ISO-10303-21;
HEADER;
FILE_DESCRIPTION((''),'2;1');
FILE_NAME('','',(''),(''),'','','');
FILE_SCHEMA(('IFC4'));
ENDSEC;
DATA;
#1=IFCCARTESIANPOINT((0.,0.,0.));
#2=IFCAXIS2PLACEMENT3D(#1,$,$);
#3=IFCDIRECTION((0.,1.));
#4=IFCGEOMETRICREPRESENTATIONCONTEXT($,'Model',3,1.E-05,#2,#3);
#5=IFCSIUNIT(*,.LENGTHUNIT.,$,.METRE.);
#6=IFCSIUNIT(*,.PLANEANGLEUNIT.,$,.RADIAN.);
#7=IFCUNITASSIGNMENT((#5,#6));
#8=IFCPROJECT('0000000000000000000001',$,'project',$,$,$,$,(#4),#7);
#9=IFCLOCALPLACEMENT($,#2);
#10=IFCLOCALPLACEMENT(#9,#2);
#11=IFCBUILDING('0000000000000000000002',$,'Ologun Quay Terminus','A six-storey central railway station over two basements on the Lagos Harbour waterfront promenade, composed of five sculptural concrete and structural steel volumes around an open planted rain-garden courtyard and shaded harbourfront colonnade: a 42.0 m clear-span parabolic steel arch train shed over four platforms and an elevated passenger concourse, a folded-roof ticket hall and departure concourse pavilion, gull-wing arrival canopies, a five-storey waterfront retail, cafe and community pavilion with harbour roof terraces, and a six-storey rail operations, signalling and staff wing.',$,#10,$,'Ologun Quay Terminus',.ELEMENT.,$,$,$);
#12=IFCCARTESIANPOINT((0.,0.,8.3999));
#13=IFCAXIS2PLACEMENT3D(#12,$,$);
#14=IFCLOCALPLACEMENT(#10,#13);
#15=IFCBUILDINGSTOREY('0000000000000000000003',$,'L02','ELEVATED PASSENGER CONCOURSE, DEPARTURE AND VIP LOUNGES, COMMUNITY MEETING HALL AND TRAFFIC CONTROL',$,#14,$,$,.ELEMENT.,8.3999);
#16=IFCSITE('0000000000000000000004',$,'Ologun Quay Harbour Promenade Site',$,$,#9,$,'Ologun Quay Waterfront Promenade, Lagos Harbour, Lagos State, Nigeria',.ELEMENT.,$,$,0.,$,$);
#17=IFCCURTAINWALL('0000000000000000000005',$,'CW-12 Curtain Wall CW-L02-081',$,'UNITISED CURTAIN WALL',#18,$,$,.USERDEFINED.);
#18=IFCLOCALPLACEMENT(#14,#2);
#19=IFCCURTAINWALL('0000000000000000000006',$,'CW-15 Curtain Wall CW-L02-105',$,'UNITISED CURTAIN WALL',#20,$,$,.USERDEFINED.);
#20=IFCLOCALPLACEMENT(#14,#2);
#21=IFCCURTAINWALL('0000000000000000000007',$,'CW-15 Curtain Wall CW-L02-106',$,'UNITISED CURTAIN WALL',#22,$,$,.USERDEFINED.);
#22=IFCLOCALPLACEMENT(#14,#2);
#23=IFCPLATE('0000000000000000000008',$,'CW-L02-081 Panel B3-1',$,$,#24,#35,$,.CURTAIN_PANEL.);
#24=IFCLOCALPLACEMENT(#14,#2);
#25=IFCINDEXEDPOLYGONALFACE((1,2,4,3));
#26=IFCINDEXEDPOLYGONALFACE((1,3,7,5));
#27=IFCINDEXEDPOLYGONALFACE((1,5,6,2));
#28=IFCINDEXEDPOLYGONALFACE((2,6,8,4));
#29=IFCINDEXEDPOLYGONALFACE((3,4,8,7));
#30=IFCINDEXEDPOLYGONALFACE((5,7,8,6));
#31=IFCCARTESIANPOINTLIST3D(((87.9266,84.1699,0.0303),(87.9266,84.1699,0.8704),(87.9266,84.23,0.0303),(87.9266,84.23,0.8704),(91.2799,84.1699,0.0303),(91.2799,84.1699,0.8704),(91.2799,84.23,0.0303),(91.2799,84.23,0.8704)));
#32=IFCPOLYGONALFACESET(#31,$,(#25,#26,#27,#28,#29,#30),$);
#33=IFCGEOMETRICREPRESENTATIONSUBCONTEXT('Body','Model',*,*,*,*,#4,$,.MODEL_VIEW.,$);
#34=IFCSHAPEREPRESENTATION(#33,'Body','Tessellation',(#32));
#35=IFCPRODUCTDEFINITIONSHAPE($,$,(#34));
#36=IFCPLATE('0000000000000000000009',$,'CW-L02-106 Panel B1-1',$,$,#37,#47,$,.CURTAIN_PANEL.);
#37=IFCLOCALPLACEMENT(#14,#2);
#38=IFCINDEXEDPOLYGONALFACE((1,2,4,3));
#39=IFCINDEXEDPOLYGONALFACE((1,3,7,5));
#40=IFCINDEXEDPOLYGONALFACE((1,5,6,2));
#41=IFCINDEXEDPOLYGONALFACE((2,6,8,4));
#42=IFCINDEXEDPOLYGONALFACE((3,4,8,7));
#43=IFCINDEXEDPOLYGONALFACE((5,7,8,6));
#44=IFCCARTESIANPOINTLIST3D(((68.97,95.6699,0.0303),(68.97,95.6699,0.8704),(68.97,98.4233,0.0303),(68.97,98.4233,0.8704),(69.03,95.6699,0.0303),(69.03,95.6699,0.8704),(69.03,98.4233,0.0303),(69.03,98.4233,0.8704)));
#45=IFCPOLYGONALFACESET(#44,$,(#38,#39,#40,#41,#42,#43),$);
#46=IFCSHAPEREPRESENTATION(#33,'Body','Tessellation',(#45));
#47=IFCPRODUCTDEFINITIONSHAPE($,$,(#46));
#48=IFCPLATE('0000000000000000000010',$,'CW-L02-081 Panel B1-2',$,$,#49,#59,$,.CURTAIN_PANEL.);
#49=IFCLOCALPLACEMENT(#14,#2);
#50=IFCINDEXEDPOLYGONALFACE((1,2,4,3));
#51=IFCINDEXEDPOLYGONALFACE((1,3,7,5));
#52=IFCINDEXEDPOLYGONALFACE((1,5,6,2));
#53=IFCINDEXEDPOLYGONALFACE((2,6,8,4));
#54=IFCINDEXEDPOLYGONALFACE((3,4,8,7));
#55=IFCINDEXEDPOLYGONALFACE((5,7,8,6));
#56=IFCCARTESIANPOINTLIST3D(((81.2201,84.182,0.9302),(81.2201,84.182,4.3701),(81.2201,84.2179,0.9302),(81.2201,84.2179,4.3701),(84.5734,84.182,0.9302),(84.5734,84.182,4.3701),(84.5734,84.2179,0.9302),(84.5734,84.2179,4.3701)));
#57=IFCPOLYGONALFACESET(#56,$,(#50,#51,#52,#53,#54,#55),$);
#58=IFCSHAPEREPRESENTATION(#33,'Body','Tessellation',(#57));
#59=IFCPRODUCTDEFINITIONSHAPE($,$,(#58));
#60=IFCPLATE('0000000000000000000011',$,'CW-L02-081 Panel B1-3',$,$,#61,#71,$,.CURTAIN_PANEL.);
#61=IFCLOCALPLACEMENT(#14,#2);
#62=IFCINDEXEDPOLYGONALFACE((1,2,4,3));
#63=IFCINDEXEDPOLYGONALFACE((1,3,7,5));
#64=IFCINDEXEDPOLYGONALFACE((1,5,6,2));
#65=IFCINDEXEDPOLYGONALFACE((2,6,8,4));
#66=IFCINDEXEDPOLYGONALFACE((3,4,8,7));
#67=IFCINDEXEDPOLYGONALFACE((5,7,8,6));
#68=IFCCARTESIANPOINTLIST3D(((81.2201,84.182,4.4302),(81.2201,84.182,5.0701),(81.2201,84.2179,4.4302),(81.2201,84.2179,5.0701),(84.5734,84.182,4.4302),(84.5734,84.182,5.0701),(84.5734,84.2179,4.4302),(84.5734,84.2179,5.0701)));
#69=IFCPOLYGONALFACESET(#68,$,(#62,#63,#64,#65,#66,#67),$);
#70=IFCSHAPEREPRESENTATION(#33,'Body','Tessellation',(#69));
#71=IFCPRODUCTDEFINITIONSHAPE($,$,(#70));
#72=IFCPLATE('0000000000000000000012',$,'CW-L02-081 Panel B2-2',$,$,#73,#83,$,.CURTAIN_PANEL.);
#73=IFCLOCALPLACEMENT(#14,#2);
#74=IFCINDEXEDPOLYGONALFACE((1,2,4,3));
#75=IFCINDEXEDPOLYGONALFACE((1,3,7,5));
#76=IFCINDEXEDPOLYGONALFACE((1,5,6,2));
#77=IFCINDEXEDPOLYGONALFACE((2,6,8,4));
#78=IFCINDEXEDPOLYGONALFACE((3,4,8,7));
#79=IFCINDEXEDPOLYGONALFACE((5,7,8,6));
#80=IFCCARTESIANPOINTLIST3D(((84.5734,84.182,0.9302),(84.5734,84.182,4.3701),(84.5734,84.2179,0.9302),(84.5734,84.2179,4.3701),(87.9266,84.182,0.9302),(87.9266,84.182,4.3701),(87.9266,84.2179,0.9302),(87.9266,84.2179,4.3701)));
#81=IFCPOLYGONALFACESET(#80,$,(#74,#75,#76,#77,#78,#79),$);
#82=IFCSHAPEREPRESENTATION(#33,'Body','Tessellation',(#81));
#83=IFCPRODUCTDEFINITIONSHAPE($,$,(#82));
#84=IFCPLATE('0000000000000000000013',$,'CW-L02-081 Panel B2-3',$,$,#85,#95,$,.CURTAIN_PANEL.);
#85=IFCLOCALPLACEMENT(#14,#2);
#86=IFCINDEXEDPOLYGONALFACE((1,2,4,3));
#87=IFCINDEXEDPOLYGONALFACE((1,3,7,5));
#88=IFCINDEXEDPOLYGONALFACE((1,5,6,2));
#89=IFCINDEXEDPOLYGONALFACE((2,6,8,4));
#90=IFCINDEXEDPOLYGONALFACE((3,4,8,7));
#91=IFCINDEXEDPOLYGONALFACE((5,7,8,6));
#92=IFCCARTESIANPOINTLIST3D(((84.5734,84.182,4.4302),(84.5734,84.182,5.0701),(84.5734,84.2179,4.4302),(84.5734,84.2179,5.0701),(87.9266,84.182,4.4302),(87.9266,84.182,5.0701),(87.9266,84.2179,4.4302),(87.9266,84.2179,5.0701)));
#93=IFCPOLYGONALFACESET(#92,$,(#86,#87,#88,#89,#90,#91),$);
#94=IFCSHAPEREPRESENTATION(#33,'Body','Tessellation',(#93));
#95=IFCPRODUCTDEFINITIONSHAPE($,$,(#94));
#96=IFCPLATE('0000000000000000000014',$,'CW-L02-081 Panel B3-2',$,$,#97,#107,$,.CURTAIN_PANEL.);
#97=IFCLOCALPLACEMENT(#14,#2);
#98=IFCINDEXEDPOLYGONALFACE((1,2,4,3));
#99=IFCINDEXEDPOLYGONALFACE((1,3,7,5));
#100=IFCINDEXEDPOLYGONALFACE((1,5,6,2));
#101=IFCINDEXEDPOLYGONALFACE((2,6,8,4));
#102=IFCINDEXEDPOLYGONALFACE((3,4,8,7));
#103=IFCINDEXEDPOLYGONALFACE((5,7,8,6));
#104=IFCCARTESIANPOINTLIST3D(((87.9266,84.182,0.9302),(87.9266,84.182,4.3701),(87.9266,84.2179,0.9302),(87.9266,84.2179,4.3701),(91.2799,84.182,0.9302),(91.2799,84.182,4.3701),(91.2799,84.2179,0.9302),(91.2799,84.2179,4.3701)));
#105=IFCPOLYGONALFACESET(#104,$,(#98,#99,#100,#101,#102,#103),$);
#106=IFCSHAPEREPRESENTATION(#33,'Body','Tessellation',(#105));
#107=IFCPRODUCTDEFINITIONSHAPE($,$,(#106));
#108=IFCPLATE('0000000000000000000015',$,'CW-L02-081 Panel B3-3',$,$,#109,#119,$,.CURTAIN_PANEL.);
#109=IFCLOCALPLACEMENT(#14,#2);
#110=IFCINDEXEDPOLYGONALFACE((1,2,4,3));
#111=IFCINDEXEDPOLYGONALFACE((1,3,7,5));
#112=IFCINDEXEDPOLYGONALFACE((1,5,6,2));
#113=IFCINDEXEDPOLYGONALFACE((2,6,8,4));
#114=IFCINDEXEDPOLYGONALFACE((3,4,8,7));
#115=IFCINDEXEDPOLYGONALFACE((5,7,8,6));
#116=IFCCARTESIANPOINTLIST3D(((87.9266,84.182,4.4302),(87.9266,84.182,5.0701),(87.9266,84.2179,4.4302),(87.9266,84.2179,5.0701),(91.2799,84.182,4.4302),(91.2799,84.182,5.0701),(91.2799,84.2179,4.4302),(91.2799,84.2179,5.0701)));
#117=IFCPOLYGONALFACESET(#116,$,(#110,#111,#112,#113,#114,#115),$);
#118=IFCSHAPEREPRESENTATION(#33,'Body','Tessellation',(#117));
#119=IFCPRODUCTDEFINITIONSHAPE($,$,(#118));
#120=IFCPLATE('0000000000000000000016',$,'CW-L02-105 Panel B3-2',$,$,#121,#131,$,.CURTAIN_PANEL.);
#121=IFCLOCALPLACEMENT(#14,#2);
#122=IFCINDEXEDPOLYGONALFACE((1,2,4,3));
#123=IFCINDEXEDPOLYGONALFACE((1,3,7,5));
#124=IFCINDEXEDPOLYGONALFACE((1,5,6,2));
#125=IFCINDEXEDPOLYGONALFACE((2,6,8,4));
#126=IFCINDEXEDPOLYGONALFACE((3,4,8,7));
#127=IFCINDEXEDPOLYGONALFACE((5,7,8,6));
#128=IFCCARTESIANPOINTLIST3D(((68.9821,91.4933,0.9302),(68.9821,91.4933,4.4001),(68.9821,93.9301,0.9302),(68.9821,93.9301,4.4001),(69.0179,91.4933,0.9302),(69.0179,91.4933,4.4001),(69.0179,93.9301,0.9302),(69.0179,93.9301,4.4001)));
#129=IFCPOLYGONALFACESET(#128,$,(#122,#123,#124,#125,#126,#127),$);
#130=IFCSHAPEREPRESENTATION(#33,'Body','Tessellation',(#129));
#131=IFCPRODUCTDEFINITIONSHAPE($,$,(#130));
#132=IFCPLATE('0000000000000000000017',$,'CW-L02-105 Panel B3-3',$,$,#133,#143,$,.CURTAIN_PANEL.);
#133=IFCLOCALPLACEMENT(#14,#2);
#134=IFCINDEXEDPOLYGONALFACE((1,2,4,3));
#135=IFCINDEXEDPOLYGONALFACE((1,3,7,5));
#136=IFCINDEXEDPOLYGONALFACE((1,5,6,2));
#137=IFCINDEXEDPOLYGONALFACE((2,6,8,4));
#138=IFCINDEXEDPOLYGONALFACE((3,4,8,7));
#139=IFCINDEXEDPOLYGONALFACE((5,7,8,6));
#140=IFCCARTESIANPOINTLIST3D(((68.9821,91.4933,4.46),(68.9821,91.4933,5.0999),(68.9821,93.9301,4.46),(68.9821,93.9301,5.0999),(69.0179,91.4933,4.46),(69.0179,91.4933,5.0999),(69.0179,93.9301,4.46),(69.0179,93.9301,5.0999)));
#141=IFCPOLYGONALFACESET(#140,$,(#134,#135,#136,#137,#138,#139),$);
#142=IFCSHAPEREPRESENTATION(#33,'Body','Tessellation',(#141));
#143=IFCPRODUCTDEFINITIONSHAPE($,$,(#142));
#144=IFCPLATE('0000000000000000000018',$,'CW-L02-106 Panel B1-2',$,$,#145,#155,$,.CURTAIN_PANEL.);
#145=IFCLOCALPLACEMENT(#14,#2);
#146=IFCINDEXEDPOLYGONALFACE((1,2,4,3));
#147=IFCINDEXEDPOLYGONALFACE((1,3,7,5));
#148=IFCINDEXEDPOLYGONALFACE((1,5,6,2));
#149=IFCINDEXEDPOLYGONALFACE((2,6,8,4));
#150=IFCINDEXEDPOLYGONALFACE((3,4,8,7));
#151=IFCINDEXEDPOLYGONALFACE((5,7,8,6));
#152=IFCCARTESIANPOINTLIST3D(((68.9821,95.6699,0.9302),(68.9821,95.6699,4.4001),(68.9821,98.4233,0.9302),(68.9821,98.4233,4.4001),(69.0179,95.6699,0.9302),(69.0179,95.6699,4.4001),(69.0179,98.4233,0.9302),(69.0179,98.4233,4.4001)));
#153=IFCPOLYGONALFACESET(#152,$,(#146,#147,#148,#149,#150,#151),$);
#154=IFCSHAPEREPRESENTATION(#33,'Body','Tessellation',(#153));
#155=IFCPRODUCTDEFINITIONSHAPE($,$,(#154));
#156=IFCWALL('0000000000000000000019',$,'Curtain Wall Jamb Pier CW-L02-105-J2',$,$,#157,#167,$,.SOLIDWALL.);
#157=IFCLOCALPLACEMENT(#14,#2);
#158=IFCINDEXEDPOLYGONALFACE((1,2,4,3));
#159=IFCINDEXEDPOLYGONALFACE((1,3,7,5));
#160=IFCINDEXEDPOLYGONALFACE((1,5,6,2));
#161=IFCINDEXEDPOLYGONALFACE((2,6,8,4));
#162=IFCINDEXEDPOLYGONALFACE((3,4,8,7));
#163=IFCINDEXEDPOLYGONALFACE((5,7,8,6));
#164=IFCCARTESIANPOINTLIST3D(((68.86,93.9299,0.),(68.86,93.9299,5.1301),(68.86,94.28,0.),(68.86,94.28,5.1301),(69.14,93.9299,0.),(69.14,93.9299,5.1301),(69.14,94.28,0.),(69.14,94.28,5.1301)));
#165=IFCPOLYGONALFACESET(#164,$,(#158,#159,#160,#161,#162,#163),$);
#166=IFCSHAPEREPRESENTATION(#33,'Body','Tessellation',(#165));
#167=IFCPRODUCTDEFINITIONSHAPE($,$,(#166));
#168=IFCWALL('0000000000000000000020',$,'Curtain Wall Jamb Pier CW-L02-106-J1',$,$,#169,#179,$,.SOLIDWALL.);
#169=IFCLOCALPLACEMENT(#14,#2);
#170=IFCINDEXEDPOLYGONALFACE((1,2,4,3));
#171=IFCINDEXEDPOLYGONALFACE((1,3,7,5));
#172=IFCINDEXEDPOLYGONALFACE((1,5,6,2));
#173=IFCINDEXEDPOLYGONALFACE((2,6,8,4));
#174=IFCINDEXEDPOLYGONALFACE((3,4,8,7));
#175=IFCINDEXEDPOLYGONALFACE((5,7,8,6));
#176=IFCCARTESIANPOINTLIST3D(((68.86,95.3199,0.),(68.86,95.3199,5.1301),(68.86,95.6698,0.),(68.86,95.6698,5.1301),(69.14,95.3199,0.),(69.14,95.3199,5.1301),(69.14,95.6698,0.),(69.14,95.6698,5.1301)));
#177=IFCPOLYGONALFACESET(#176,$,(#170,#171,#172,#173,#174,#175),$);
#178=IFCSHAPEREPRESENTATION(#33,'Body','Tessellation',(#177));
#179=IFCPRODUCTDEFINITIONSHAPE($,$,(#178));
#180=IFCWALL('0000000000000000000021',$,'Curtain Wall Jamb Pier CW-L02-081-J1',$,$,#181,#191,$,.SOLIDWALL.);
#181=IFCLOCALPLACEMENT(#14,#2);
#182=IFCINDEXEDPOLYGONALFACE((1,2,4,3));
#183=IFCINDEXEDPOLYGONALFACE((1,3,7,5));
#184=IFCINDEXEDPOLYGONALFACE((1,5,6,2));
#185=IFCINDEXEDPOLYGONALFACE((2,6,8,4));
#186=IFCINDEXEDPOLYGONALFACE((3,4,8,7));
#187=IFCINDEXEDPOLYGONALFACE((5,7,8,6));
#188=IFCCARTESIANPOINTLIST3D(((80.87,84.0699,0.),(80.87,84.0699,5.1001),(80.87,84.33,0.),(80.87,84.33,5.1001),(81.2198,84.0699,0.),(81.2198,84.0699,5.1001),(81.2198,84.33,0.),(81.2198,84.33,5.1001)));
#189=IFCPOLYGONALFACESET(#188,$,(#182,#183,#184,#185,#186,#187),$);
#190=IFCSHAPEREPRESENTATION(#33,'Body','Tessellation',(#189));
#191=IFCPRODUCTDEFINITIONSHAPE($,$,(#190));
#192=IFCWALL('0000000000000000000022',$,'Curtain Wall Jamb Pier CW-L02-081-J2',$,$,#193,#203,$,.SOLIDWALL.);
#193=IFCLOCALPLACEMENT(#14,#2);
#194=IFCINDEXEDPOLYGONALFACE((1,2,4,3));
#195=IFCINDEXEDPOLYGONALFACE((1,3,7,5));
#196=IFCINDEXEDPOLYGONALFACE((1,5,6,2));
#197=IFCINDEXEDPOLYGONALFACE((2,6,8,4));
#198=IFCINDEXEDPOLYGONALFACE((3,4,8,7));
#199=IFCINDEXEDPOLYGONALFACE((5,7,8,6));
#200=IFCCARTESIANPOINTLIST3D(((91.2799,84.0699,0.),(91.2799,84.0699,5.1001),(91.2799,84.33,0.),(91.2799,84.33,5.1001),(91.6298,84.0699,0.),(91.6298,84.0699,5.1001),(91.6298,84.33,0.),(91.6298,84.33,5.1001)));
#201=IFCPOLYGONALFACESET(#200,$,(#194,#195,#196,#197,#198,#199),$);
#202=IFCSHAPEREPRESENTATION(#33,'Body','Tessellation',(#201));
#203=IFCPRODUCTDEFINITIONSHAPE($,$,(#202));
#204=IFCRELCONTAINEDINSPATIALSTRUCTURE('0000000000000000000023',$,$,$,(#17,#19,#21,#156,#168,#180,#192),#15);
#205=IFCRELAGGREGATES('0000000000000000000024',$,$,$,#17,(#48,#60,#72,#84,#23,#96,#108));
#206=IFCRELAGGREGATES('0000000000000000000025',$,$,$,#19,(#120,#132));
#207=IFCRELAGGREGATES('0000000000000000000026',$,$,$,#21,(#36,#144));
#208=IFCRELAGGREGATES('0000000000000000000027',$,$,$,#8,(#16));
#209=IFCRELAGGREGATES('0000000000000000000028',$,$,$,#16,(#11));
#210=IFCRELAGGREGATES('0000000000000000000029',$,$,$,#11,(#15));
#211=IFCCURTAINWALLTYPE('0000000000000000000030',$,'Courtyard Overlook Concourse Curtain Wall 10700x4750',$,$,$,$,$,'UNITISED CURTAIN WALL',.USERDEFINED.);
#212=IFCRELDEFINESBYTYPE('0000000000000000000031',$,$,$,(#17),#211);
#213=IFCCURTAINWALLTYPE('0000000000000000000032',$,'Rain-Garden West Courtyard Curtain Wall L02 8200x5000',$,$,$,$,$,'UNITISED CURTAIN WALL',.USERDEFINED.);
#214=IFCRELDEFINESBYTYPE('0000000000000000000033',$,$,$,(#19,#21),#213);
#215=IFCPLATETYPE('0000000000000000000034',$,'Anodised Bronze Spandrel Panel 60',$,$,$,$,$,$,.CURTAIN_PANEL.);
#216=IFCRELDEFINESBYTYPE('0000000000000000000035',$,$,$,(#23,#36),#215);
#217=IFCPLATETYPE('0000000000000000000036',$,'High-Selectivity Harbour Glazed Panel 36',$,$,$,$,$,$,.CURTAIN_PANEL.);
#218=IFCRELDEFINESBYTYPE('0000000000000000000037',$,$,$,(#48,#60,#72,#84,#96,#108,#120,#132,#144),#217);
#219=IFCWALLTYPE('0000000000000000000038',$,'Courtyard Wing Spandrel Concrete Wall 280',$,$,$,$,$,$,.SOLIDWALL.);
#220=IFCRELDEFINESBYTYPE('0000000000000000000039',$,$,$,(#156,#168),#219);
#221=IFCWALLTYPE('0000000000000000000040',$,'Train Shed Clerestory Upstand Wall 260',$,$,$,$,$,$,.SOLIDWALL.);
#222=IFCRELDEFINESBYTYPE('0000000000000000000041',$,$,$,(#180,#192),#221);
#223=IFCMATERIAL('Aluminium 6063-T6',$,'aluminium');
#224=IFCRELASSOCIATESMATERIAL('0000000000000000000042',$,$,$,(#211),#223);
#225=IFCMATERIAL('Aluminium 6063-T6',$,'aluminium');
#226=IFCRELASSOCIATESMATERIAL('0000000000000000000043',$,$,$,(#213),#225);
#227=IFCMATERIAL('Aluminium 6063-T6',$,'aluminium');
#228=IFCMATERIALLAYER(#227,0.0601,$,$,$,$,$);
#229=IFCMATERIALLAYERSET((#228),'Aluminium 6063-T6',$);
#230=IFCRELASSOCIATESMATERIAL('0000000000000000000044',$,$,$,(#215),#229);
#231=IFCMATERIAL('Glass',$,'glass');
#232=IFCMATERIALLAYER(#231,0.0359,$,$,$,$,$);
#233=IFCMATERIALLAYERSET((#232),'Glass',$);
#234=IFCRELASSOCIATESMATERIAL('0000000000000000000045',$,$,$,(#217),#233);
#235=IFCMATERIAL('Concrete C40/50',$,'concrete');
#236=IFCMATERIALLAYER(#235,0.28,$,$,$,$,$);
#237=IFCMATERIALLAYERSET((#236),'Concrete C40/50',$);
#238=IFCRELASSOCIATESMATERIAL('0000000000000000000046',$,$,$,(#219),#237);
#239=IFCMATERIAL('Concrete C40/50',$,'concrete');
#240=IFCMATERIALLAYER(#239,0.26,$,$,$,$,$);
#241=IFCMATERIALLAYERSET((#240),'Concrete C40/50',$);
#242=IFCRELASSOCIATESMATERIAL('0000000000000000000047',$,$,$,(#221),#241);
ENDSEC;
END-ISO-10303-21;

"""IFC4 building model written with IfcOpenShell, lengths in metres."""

from ifc_helpers import new_model, si_unit, direction, frame, frame_2d, origin, origin_2d, place, context, subcontext, project, spatial, rectangle, extrude, material, layer, layer_set, type_object, element, aggregate, save


model = new_model("IFC4")

# Units and contexts
model_context = context("Model", 3, precision=1e-05, world=origin(), true_north=direction((0.0, 1.0)))
body_context = subcontext(model_context, "Body", "Model", "MODEL_VIEW")
ifc_project = project(units=[si_unit("LENGTHUNIT", "METRE"), si_unit("PLANEANGLEUNIT", "RADIAN")], contexts=[model_context])

# Site, building, storey
site_placement = place(None, origin())
site = spatial("IfcSite", under=ifc_project, at=site_placement, Name="Ologun Quay Harbour Promenade Site", LongName="Ologun Quay Waterfront Promenade, Lagos Harbour, Lagos State, Nigeria", CompositionType="ELEMENT", RefElevation=0.0)
building_placement = place(site_placement, origin())
building = spatial("IfcBuilding", under=site, at=building_placement, Name="Ologun Quay Terminus", Description="A six-storey central railway station over two basements on the Lagos Harbour waterfront promenade, composed of five sculptural concrete and structural steel volumes around an open planted rain-garden courtyard and shaded harbourfront colonnade: a 42.0 m clear-span parabolic steel arch train shed over four platforms and an elevated passenger concourse, a folded-roof ticket hall and departure concourse pavilion, gull-wing arrival canopies, a five-storey waterfront retail, cafe and community pavilion with harbour roof terraces, and a six-storey rail operations, signalling and staff wing.", LongName="Ologun Quay Terminus", CompositionType="ELEMENT")
storey_placement = place(building_placement, frame((0.0, 0.0, 8.3999)))
storey = spatial("IfcBuildingStorey", under=building, at=storey_placement, Name="L02", Description="ELEVATED PASSENGER CONCOURSE, DEPARTURE AND VIP LOUNGES, COMMUNITY MEETING HALL AND TRAFFIC CONTROL", CompositionType="ELEMENT", Elevation=8.3999)

# Shared definitions
ifc_material_1 = material(Name="Aluminium 6063-T6", Category="aluminium")
curtain_wall_type_1 = type_object("IfcCurtainWallType", Name="Courtyard Overlook Concourse Curtain Wall 10700x4750", ElementType="UNITISED CURTAIN WALL", PredefinedType="USERDEFINED", material=ifc_material_1)

# Curtain wall
curtain_wall_1_placement = place(storey_placement, origin())
curtain_wall_1 = element("IfcCurtainWall", 1, at=curtain_wall_1_placement, inside=storey, type_object=curtain_wall_type_1, Name="CW-12 Curtain Wall CW-L02-081", ObjectType="UNITISED CURTAIN WALL", PredefinedType="USERDEFINED")

# Curtain walls
ifc_material_2 = material(Name="Aluminium 6063-T6", Category="aluminium")
curtain_wall_type_2 = type_object("IfcCurtainWallType", Name="Rain-Garden West Courtyard Curtain Wall L02 8200x5000", ElementType="UNITISED CURTAIN WALL", PredefinedType="USERDEFINED", material=ifc_material_2)
curtain_wall_2_placement = place(storey_placement, origin())
curtain_wall_2 = element("IfcCurtainWall", 2, at=curtain_wall_2_placement, inside=storey, type_object=curtain_wall_type_2, Name="CW-15 Curtain Wall CW-L02-105", ObjectType="UNITISED CURTAIN WALL", PredefinedType="USERDEFINED")
curtain_wall_3_placement = place(storey_placement, origin())
curtain_wall_3 = element("IfcCurtainWall", 3, at=curtain_wall_3_placement, inside=storey, type_object=curtain_wall_type_2, Name="CW-15 Curtain Wall CW-L02-106", ObjectType="UNITISED CURTAIN WALL", PredefinedType="USERDEFINED")

# Plates
ifc_material_3 = material(Name="Aluminium 6063-T6", Category="aluminium")
ifc_layer_1 = layer(ifc_material_3, 0.0601)
ifc_layer_set_1 = layer_set([ifc_layer_1], Name="Aluminium 6063-T6")
plate_type_1 = type_object("IfcPlateType", Name="Anodised Bronze Spandrel Panel 60", PredefinedType="CURTAIN_PANEL", material=ifc_layer_set_1)
plate_1_placement = place(storey_placement, frame((89.6033, 84.2, 0.0303), z_axis=(0.0, 0.0, 1.0), x_axis=(1.0, 0.0, 0.0)))
plate_1 = element("IfcPlate", 4, at=plate_1_placement, type_object=plate_type_1, Name="CW-L02-081 Panel B3-1", PredefinedType="CURTAIN_PANEL", context=body_context, shape_type="SweptSolid", body=[
    extrude(rectangle(XDim=3.3533, YDim=0.0601, at=origin_2d()), origin(), (0.0, 0.0, 1.0), 0.8401),
])
plate_2_placement = place(storey_placement, frame((69.0, 97.0466, 0.0303), z_axis=(0.0, 0.0, 1.0), x_axis=(0.0, 1.0, 0.0)))
plate_2 = element("IfcPlate", 5, at=plate_2_placement, type_object=plate_type_1, Name="CW-L02-106 Panel B1-1", PredefinedType="CURTAIN_PANEL", context=body_context, shape_type="SweptSolid", body=[
    extrude(rectangle(XDim=2.7534, YDim=0.0601, at=origin_2d()), origin(), (0.0, 0.0, 1.0), 0.8401),
])
ifc_material_4 = material(Name="Glass", Category="glass")
ifc_layer_2 = layer(ifc_material_4, 0.0359)
ifc_layer_set_2 = layer_set([ifc_layer_2], Name="Glass")
plate_type_2 = type_object("IfcPlateType", Name="High-Selectivity Harbour Glazed Panel 36", PredefinedType="CURTAIN_PANEL", material=ifc_layer_set_2)
plate_3_placement = place(storey_placement, frame((82.8967, 84.2, 0.9302), z_axis=(0.0, 0.0, 1.0), x_axis=(1.0, 0.0, 0.0)))
plate_3 = element("IfcPlate", 6, at=plate_3_placement, type_object=plate_type_2, Name="CW-L02-081 Panel B1-2", PredefinedType="CURTAIN_PANEL", context=body_context, shape_type="SweptSolid", body=[
    extrude(rectangle(XDim=3.3533, YDim=0.0359, at=origin_2d()), origin(), (0.0, 0.0, 1.0), 3.4399),
])
plate_4_placement = place(storey_placement, frame((82.8967, 84.2, 4.4302), z_axis=(0.0, 0.0, 1.0), x_axis=(1.0, 0.0, 0.0)))
plate_4 = element("IfcPlate", 7, at=plate_4_placement, type_object=plate_type_2, Name="CW-L02-081 Panel B1-3", PredefinedType="CURTAIN_PANEL", context=body_context, shape_type="SweptSolid", body=[
    extrude(rectangle(XDim=3.3533, YDim=0.0359, at=origin_2d()), origin(), (0.0, 0.0, 1.0), 0.6399),
])
plate_5_placement = place(storey_placement, frame((86.25, 84.2, 0.9302), z_axis=(0.0, 0.0, 1.0), x_axis=(1.0, 0.0, 0.0)))
plate_5 = element("IfcPlate", 8, at=plate_5_placement, type_object=plate_type_2, Name="CW-L02-081 Panel B2-2", PredefinedType="CURTAIN_PANEL", context=body_context, shape_type="SweptSolid", body=[
    extrude(rectangle(XDim=3.3533, YDim=0.0359, at=origin_2d()), origin(), (0.0, 0.0, 1.0), 3.4399),
])
plate_6_placement = place(storey_placement, frame((86.25, 84.2, 4.4302), z_axis=(0.0, 0.0, 1.0), x_axis=(1.0, 0.0, 0.0)))
plate_6 = element("IfcPlate", 9, at=plate_6_placement, type_object=plate_type_2, Name="CW-L02-081 Panel B2-3", PredefinedType="CURTAIN_PANEL", context=body_context, shape_type="SweptSolid", body=[
    extrude(rectangle(XDim=3.3533, YDim=0.0359, at=origin_2d()), origin(), (0.0, 0.0, 1.0), 0.6399),
])
plate_7_placement = place(storey_placement, frame((89.6033, 84.2, 0.9302), z_axis=(0.0, 0.0, 1.0), x_axis=(1.0, 0.0, 0.0)))
plate_7 = element("IfcPlate", 10, at=plate_7_placement, type_object=plate_type_2, Name="CW-L02-081 Panel B3-2", PredefinedType="CURTAIN_PANEL", context=body_context, shape_type="SweptSolid", body=[
    extrude(rectangle(XDim=3.3533, YDim=0.0359, at=origin_2d()), origin(), (0.0, 0.0, 1.0), 3.4399),
])
plate_8_placement = place(storey_placement, frame((89.6033, 84.2, 4.4302), z_axis=(0.0, 0.0, 1.0), x_axis=(1.0, 0.0, 0.0)))
plate_8 = element("IfcPlate", 11, at=plate_8_placement, type_object=plate_type_2, Name="CW-L02-081 Panel B3-3", PredefinedType="CURTAIN_PANEL", context=body_context, shape_type="SweptSolid", body=[
    extrude(rectangle(XDim=3.3533, YDim=0.0359, at=origin_2d()), origin(), (0.0, 0.0, 1.0), 0.6399),
])
aggregate(curtain_wall_1, [plate_3, plate_4, plate_5, plate_6, plate_1, plate_7, plate_8])
plate_9_placement = place(storey_placement, frame((69.0, 92.7117, 0.9302), z_axis=(0.0, 0.0, 1.0), x_axis=(0.0, 1.0, 0.0)))
plate_9 = element("IfcPlate", 12, at=plate_9_placement, type_object=plate_type_2, Name="CW-L02-105 Panel B3-2", PredefinedType="CURTAIN_PANEL", context=body_context, shape_type="SweptSolid", body=[
    extrude(rectangle(XDim=2.4368, YDim=0.0359, at=origin_2d()), origin(), (0.0, 0.0, 1.0), 3.47),
])
plate_10_placement = place(storey_placement, frame((69.0, 92.7117, 4.46), z_axis=(0.0, 0.0, 1.0), x_axis=(0.0, 1.0, 0.0)))
plate_10 = element("IfcPlate", 13, at=plate_10_placement, type_object=plate_type_2, Name="CW-L02-105 Panel B3-3", PredefinedType="CURTAIN_PANEL", context=body_context, shape_type="SweptSolid", body=[
    extrude(rectangle(XDim=2.4368, YDim=0.0359, at=origin_2d()), origin(), (0.0, 0.0, 1.0), 0.6399),
])
aggregate(curtain_wall_2, [plate_9, plate_10])
plate_11_placement = place(storey_placement, frame((69.0, 97.0466, 0.9302), z_axis=(0.0, 0.0, 1.0), x_axis=(0.0, 1.0, 0.0)))
plate_11 = element("IfcPlate", 14, at=plate_11_placement, type_object=plate_type_2, Name="CW-L02-106 Panel B1-2", PredefinedType="CURTAIN_PANEL", context=body_context, shape_type="SweptSolid", body=[
    extrude(rectangle(XDim=2.7534, YDim=0.0359, at=origin_2d()), origin(), (0.0, 0.0, 1.0), 3.47),
])
aggregate(curtain_wall_3, [plate_2, plate_11])

# Walls
ifc_material_5 = material(Name="Concrete C40/50", Category="concrete")
ifc_layer_3 = layer(ifc_material_5, 0.28)
ifc_layer_set_3 = layer_set([ifc_layer_3], Name="Concrete C40/50")
wall_type_1 = type_object("IfcWallType", Name="Courtyard Wing Spandrel Concrete Wall 280", PredefinedType="SOLIDWALL", material=ifc_layer_set_3)
wall_1_placement = place(storey_placement, frame((69.0, 93.9299, 0.0), z_axis=(0.0, 0.0, 1.0), x_axis=(0.0, 1.0, 0.0)))
element("IfcWall", 15, at=wall_1_placement, inside=storey, type_object=wall_type_1, Name="Curtain Wall Jamb Pier CW-L02-105-J2", PredefinedType="SOLIDWALL", context=body_context, shape_type="SweptSolid", body=[
    extrude(rectangle(XDim=0.3501, YDim=0.28, at=frame_2d((0.175, 0.0))), origin(), (0.0, 0.0, 1.0), 5.1301),
])
wall_2_placement = place(storey_placement, frame((69.0, 95.3201, 0.0), z_axis=(0.0, 0.0, 1.0), x_axis=(0.0, 1.0, 0.0)))
element("IfcWall", 16, at=wall_2_placement, inside=storey, type_object=wall_type_1, Name="Curtain Wall Jamb Pier CW-L02-106-J1", PredefinedType="SOLIDWALL", context=body_context, shape_type="SweptSolid", body=[
    extrude(rectangle(XDim=0.3499, YDim=0.28, at=frame_2d((0.1748, 0.0))), origin(), (0.0, 0.0, 1.0), 5.1301),
])
ifc_material_6 = material(Name="Concrete C40/50", Category="concrete")
ifc_layer_4 = layer(ifc_material_6, 0.26)
ifc_layer_set_4 = layer_set([ifc_layer_4], Name="Concrete C40/50")
wall_type_2 = type_object("IfcWallType", Name="Train Shed Clerestory Upstand Wall 260", PredefinedType="SOLIDWALL", material=ifc_layer_set_4)
for number, where, z_axis, x_axis, name in (
    (17, (80.8701, 84.2, 0.0), (0.0, 0.0, 1.0), (1.0, 0.0, 0.0), "Curtain Wall Jamb Pier CW-L02-081-J1"),
    (18, (91.28, 84.2, 0.0), (0.0, 0.0, 1.0), (1.0, 0.0, 0.0), "Curtain Wall Jamb Pier CW-L02-081-J2"),
):
    element("IfcWall", number, at=place(storey_placement, frame(where, z_axis=z_axis, x_axis=x_axis)), inside=storey, type_object=wall_type_2, Name=name, PredefinedType="SOLIDWALL", context=body_context, shape_type="SweptSolid", body=[
        extrude(rectangle(XDim=0.3499, YDim=0.26, at=frame_2d((0.1748, 0.0))), origin(), (0.0, 0.0, 1.0), 5.1001),
    ])

save(model, "model.ifc")
